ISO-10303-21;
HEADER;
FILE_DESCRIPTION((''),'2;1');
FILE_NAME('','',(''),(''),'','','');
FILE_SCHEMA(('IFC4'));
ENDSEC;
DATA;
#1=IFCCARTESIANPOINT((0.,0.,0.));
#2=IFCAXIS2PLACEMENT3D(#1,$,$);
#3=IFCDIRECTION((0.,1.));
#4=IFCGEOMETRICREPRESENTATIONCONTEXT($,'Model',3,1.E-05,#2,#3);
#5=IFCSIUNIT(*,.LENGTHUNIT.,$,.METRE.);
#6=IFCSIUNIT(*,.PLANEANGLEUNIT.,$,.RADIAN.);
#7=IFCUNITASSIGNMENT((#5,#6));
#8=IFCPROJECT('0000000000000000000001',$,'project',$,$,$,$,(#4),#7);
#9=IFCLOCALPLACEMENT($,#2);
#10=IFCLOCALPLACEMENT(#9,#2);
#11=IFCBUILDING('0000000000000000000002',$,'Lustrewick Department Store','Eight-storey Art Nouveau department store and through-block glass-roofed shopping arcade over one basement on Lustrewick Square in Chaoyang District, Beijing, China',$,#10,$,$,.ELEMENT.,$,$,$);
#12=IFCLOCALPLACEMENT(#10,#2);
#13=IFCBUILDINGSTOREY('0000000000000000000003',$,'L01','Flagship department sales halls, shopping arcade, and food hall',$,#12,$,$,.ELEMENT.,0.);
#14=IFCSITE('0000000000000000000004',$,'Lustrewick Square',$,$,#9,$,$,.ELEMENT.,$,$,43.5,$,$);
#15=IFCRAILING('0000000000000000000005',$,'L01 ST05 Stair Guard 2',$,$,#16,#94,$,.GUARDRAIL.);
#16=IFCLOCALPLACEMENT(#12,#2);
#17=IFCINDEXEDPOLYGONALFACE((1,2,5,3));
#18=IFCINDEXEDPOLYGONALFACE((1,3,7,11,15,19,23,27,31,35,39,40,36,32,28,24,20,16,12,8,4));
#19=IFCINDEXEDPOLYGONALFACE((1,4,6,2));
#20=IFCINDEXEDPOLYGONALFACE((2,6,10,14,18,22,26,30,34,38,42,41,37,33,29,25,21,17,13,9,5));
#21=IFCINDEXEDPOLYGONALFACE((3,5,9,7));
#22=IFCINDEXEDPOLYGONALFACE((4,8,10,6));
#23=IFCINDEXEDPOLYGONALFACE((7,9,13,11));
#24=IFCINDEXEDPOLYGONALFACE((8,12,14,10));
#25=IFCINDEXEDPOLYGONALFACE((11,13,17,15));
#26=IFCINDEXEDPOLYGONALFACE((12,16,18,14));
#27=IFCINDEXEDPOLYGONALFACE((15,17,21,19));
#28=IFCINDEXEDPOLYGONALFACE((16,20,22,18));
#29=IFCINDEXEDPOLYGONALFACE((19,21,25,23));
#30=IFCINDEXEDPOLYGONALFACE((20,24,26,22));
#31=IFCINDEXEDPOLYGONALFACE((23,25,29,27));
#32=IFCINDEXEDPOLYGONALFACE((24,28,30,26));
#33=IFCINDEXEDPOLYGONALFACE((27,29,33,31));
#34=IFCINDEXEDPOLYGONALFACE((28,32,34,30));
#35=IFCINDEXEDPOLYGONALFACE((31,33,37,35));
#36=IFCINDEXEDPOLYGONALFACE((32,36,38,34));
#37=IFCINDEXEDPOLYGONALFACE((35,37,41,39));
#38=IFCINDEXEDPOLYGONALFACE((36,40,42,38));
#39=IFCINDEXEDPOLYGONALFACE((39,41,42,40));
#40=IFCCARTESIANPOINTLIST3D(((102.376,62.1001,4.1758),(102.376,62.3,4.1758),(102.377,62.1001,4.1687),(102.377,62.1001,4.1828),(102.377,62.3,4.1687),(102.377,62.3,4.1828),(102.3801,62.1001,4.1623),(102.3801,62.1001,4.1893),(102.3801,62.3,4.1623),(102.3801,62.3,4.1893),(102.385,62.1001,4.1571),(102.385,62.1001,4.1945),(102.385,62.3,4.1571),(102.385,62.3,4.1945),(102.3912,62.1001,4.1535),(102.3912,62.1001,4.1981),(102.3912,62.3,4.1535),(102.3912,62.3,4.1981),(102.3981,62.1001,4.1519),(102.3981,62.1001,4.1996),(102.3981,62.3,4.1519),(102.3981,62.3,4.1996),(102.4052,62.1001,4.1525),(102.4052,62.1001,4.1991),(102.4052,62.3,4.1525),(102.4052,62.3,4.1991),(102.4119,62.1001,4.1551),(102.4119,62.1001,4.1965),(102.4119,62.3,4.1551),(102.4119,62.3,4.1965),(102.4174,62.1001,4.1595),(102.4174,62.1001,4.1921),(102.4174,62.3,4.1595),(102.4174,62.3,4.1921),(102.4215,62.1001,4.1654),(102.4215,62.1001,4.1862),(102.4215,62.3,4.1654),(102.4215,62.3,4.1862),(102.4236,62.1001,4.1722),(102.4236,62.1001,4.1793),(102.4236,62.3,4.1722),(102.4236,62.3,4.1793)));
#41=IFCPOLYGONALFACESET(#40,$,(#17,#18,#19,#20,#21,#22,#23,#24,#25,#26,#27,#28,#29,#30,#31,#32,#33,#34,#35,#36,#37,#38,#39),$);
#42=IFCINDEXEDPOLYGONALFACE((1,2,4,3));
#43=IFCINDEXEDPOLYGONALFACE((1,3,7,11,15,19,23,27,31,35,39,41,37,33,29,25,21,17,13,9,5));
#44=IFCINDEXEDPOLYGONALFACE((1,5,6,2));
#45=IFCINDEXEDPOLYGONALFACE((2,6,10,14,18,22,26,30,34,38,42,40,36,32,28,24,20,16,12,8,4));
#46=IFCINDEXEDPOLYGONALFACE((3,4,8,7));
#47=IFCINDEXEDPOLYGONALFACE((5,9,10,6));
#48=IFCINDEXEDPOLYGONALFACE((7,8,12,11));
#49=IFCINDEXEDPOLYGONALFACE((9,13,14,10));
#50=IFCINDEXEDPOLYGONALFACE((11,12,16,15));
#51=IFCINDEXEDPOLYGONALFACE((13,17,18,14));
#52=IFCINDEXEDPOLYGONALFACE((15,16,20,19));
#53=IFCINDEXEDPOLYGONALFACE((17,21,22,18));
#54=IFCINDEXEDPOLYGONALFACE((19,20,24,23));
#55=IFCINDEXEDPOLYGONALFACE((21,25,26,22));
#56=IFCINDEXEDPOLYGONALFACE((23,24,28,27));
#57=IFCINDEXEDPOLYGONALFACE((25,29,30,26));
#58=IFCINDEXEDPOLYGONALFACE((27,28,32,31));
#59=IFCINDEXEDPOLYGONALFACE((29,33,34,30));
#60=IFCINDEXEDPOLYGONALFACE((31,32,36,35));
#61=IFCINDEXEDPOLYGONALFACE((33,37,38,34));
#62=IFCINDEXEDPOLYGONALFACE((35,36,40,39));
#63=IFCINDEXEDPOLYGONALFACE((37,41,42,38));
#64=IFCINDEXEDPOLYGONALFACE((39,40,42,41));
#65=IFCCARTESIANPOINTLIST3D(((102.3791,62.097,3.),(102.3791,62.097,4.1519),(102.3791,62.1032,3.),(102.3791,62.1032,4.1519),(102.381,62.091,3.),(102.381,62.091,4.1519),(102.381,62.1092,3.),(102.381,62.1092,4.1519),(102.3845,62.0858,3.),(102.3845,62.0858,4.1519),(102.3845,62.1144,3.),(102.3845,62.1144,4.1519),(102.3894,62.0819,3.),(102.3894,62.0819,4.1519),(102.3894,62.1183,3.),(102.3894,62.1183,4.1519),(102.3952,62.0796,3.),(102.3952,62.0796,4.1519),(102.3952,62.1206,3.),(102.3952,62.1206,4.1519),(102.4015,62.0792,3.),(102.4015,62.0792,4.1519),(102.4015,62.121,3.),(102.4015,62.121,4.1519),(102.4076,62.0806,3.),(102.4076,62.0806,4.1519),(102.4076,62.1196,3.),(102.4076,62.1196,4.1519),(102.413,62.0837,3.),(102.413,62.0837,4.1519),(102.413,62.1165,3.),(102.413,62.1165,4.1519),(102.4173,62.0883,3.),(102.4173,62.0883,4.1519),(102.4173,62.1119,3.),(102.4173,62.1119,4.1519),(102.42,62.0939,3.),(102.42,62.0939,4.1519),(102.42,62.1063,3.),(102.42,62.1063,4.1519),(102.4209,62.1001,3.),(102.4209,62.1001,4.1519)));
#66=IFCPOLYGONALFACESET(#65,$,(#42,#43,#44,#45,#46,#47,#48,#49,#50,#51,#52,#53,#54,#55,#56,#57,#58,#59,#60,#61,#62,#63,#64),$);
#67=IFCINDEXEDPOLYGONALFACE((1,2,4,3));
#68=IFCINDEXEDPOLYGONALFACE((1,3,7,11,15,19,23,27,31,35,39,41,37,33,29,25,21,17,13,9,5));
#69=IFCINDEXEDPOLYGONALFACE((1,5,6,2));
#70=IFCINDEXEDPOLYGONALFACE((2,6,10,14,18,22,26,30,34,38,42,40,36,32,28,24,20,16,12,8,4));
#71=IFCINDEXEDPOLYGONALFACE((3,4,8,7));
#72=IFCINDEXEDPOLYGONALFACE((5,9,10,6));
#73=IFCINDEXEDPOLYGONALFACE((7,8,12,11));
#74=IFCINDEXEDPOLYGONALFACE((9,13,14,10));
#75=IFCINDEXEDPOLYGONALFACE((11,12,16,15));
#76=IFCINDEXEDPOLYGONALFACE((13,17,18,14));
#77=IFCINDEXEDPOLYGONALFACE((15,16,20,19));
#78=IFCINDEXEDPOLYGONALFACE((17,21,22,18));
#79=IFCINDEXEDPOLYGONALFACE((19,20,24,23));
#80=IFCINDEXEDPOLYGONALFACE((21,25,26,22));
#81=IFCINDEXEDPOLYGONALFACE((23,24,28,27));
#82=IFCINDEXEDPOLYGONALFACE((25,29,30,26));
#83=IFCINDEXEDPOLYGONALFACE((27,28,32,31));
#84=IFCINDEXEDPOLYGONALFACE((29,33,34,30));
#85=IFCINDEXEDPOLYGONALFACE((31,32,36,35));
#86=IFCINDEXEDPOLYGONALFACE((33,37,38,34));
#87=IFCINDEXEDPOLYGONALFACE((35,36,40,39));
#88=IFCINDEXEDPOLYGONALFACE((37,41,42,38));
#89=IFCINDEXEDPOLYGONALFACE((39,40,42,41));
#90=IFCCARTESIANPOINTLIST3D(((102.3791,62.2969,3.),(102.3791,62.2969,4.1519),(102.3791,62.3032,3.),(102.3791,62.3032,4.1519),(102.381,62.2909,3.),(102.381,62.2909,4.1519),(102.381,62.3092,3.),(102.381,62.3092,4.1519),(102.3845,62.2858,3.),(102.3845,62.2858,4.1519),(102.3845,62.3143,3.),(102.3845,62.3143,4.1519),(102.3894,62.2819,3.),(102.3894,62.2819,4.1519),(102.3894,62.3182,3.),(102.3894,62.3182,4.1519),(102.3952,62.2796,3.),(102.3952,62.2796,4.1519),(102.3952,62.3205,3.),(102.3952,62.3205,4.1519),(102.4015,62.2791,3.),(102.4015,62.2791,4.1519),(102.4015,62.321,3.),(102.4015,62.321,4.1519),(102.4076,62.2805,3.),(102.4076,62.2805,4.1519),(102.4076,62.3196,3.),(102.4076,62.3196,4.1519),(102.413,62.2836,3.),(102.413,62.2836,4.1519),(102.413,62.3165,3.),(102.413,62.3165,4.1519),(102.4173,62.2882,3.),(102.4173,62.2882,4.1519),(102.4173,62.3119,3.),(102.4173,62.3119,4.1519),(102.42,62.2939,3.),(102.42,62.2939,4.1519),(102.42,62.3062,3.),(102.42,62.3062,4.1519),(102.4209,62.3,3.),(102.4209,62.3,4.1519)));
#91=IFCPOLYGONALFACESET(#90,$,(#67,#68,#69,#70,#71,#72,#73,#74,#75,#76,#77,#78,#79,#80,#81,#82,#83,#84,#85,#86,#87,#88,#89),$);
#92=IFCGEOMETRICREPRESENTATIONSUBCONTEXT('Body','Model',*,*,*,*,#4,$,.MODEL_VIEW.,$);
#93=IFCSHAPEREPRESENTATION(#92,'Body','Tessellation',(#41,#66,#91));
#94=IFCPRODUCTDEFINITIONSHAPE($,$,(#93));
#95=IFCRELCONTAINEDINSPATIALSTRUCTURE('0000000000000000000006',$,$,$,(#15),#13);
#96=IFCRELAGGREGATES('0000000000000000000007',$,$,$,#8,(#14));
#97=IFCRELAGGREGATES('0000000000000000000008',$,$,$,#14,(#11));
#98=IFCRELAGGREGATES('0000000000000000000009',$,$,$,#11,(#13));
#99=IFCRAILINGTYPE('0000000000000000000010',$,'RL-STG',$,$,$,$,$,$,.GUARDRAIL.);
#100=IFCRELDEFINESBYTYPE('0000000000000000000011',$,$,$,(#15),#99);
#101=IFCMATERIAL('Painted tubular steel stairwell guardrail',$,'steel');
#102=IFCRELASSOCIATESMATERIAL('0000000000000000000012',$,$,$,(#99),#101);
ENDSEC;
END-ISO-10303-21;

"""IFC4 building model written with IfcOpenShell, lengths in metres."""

from ifc_helpers import new_model, si_unit, direction, frame, origin, origin_2d, place, context, subcontext, project, spatial, circle, extrude, material, type_object, element, save


model = new_model("IFC4")

# Units and contexts
model_context = context("Model", 3, precision=1e-05, world=origin(), true_north=direction((0.0, 1.0)))
body_context = subcontext(model_context, "Body", "Model", "MODEL_VIEW")
ifc_project = project(units=[si_unit("LENGTHUNIT", "METRE"), si_unit("PLANEANGLEUNIT", "RADIAN")], contexts=[model_context])

# Site, building, storey
site_placement = place(None, origin())
site = spatial("IfcSite", under=ifc_project, at=site_placement, Name="Lustrewick Square", CompositionType="ELEMENT", RefElevation=43.5)
building_placement = place(site_placement, origin())
building = spatial("IfcBuilding", under=site, at=building_placement, Name="Lustrewick Department Store", Description="Eight-storey Art Nouveau department store and through-block glass-roofed shopping arcade over one basement on Lustrewick Square in Chaoyang District, Beijing, China", CompositionType="ELEMENT")
storey_placement = place(building_placement, origin())
storey = spatial("IfcBuildingStorey", under=building, at=storey_placement, Name="L01", Description="Flagship department sales halls, shopping arcade, and food hall", CompositionType="ELEMENT", Elevation=0.0)

# Railing
ifc_material_1 = material(Name="Painted tubular steel stairwell guardrail", Category="steel")
railing_type_1 = type_object("IfcRailingType", Name="RL-STG", PredefinedType="GUARDRAIL", material=ifc_material_1)
railing_1_placement = place(storey_placement, frame((102.3999, 62.1001, 3.0)))
element("IfcRailing", 1, at=railing_1_placement, inside=storey, type_object=railing_type_1, Name="L01 ST05 Stair Guard 2", PredefinedType="GUARDRAIL", context=body_context, shape_type="SweptSolid", body=[
    extrude(circle(Radius=0.0239, at=origin_2d()), frame((0.0, 0.0, 1.1758), z_axis=(0.0, 1.0, 0.0), x_axis=(-1.0, 0.0, 0.0)), (0.0, 0.0, 1.0), 0.2),
    extrude(circle(Radius=0.021, at=origin_2d()), origin(), (0.0, 0.0, 1.0), 1.1519),
    extrude(circle(Radius=0.021, at=origin_2d()), frame((0.0, 0.2, 0.0)), (0.0, 0.0, 1.0), 1.1519),
])

save(model, "model.ifc")
